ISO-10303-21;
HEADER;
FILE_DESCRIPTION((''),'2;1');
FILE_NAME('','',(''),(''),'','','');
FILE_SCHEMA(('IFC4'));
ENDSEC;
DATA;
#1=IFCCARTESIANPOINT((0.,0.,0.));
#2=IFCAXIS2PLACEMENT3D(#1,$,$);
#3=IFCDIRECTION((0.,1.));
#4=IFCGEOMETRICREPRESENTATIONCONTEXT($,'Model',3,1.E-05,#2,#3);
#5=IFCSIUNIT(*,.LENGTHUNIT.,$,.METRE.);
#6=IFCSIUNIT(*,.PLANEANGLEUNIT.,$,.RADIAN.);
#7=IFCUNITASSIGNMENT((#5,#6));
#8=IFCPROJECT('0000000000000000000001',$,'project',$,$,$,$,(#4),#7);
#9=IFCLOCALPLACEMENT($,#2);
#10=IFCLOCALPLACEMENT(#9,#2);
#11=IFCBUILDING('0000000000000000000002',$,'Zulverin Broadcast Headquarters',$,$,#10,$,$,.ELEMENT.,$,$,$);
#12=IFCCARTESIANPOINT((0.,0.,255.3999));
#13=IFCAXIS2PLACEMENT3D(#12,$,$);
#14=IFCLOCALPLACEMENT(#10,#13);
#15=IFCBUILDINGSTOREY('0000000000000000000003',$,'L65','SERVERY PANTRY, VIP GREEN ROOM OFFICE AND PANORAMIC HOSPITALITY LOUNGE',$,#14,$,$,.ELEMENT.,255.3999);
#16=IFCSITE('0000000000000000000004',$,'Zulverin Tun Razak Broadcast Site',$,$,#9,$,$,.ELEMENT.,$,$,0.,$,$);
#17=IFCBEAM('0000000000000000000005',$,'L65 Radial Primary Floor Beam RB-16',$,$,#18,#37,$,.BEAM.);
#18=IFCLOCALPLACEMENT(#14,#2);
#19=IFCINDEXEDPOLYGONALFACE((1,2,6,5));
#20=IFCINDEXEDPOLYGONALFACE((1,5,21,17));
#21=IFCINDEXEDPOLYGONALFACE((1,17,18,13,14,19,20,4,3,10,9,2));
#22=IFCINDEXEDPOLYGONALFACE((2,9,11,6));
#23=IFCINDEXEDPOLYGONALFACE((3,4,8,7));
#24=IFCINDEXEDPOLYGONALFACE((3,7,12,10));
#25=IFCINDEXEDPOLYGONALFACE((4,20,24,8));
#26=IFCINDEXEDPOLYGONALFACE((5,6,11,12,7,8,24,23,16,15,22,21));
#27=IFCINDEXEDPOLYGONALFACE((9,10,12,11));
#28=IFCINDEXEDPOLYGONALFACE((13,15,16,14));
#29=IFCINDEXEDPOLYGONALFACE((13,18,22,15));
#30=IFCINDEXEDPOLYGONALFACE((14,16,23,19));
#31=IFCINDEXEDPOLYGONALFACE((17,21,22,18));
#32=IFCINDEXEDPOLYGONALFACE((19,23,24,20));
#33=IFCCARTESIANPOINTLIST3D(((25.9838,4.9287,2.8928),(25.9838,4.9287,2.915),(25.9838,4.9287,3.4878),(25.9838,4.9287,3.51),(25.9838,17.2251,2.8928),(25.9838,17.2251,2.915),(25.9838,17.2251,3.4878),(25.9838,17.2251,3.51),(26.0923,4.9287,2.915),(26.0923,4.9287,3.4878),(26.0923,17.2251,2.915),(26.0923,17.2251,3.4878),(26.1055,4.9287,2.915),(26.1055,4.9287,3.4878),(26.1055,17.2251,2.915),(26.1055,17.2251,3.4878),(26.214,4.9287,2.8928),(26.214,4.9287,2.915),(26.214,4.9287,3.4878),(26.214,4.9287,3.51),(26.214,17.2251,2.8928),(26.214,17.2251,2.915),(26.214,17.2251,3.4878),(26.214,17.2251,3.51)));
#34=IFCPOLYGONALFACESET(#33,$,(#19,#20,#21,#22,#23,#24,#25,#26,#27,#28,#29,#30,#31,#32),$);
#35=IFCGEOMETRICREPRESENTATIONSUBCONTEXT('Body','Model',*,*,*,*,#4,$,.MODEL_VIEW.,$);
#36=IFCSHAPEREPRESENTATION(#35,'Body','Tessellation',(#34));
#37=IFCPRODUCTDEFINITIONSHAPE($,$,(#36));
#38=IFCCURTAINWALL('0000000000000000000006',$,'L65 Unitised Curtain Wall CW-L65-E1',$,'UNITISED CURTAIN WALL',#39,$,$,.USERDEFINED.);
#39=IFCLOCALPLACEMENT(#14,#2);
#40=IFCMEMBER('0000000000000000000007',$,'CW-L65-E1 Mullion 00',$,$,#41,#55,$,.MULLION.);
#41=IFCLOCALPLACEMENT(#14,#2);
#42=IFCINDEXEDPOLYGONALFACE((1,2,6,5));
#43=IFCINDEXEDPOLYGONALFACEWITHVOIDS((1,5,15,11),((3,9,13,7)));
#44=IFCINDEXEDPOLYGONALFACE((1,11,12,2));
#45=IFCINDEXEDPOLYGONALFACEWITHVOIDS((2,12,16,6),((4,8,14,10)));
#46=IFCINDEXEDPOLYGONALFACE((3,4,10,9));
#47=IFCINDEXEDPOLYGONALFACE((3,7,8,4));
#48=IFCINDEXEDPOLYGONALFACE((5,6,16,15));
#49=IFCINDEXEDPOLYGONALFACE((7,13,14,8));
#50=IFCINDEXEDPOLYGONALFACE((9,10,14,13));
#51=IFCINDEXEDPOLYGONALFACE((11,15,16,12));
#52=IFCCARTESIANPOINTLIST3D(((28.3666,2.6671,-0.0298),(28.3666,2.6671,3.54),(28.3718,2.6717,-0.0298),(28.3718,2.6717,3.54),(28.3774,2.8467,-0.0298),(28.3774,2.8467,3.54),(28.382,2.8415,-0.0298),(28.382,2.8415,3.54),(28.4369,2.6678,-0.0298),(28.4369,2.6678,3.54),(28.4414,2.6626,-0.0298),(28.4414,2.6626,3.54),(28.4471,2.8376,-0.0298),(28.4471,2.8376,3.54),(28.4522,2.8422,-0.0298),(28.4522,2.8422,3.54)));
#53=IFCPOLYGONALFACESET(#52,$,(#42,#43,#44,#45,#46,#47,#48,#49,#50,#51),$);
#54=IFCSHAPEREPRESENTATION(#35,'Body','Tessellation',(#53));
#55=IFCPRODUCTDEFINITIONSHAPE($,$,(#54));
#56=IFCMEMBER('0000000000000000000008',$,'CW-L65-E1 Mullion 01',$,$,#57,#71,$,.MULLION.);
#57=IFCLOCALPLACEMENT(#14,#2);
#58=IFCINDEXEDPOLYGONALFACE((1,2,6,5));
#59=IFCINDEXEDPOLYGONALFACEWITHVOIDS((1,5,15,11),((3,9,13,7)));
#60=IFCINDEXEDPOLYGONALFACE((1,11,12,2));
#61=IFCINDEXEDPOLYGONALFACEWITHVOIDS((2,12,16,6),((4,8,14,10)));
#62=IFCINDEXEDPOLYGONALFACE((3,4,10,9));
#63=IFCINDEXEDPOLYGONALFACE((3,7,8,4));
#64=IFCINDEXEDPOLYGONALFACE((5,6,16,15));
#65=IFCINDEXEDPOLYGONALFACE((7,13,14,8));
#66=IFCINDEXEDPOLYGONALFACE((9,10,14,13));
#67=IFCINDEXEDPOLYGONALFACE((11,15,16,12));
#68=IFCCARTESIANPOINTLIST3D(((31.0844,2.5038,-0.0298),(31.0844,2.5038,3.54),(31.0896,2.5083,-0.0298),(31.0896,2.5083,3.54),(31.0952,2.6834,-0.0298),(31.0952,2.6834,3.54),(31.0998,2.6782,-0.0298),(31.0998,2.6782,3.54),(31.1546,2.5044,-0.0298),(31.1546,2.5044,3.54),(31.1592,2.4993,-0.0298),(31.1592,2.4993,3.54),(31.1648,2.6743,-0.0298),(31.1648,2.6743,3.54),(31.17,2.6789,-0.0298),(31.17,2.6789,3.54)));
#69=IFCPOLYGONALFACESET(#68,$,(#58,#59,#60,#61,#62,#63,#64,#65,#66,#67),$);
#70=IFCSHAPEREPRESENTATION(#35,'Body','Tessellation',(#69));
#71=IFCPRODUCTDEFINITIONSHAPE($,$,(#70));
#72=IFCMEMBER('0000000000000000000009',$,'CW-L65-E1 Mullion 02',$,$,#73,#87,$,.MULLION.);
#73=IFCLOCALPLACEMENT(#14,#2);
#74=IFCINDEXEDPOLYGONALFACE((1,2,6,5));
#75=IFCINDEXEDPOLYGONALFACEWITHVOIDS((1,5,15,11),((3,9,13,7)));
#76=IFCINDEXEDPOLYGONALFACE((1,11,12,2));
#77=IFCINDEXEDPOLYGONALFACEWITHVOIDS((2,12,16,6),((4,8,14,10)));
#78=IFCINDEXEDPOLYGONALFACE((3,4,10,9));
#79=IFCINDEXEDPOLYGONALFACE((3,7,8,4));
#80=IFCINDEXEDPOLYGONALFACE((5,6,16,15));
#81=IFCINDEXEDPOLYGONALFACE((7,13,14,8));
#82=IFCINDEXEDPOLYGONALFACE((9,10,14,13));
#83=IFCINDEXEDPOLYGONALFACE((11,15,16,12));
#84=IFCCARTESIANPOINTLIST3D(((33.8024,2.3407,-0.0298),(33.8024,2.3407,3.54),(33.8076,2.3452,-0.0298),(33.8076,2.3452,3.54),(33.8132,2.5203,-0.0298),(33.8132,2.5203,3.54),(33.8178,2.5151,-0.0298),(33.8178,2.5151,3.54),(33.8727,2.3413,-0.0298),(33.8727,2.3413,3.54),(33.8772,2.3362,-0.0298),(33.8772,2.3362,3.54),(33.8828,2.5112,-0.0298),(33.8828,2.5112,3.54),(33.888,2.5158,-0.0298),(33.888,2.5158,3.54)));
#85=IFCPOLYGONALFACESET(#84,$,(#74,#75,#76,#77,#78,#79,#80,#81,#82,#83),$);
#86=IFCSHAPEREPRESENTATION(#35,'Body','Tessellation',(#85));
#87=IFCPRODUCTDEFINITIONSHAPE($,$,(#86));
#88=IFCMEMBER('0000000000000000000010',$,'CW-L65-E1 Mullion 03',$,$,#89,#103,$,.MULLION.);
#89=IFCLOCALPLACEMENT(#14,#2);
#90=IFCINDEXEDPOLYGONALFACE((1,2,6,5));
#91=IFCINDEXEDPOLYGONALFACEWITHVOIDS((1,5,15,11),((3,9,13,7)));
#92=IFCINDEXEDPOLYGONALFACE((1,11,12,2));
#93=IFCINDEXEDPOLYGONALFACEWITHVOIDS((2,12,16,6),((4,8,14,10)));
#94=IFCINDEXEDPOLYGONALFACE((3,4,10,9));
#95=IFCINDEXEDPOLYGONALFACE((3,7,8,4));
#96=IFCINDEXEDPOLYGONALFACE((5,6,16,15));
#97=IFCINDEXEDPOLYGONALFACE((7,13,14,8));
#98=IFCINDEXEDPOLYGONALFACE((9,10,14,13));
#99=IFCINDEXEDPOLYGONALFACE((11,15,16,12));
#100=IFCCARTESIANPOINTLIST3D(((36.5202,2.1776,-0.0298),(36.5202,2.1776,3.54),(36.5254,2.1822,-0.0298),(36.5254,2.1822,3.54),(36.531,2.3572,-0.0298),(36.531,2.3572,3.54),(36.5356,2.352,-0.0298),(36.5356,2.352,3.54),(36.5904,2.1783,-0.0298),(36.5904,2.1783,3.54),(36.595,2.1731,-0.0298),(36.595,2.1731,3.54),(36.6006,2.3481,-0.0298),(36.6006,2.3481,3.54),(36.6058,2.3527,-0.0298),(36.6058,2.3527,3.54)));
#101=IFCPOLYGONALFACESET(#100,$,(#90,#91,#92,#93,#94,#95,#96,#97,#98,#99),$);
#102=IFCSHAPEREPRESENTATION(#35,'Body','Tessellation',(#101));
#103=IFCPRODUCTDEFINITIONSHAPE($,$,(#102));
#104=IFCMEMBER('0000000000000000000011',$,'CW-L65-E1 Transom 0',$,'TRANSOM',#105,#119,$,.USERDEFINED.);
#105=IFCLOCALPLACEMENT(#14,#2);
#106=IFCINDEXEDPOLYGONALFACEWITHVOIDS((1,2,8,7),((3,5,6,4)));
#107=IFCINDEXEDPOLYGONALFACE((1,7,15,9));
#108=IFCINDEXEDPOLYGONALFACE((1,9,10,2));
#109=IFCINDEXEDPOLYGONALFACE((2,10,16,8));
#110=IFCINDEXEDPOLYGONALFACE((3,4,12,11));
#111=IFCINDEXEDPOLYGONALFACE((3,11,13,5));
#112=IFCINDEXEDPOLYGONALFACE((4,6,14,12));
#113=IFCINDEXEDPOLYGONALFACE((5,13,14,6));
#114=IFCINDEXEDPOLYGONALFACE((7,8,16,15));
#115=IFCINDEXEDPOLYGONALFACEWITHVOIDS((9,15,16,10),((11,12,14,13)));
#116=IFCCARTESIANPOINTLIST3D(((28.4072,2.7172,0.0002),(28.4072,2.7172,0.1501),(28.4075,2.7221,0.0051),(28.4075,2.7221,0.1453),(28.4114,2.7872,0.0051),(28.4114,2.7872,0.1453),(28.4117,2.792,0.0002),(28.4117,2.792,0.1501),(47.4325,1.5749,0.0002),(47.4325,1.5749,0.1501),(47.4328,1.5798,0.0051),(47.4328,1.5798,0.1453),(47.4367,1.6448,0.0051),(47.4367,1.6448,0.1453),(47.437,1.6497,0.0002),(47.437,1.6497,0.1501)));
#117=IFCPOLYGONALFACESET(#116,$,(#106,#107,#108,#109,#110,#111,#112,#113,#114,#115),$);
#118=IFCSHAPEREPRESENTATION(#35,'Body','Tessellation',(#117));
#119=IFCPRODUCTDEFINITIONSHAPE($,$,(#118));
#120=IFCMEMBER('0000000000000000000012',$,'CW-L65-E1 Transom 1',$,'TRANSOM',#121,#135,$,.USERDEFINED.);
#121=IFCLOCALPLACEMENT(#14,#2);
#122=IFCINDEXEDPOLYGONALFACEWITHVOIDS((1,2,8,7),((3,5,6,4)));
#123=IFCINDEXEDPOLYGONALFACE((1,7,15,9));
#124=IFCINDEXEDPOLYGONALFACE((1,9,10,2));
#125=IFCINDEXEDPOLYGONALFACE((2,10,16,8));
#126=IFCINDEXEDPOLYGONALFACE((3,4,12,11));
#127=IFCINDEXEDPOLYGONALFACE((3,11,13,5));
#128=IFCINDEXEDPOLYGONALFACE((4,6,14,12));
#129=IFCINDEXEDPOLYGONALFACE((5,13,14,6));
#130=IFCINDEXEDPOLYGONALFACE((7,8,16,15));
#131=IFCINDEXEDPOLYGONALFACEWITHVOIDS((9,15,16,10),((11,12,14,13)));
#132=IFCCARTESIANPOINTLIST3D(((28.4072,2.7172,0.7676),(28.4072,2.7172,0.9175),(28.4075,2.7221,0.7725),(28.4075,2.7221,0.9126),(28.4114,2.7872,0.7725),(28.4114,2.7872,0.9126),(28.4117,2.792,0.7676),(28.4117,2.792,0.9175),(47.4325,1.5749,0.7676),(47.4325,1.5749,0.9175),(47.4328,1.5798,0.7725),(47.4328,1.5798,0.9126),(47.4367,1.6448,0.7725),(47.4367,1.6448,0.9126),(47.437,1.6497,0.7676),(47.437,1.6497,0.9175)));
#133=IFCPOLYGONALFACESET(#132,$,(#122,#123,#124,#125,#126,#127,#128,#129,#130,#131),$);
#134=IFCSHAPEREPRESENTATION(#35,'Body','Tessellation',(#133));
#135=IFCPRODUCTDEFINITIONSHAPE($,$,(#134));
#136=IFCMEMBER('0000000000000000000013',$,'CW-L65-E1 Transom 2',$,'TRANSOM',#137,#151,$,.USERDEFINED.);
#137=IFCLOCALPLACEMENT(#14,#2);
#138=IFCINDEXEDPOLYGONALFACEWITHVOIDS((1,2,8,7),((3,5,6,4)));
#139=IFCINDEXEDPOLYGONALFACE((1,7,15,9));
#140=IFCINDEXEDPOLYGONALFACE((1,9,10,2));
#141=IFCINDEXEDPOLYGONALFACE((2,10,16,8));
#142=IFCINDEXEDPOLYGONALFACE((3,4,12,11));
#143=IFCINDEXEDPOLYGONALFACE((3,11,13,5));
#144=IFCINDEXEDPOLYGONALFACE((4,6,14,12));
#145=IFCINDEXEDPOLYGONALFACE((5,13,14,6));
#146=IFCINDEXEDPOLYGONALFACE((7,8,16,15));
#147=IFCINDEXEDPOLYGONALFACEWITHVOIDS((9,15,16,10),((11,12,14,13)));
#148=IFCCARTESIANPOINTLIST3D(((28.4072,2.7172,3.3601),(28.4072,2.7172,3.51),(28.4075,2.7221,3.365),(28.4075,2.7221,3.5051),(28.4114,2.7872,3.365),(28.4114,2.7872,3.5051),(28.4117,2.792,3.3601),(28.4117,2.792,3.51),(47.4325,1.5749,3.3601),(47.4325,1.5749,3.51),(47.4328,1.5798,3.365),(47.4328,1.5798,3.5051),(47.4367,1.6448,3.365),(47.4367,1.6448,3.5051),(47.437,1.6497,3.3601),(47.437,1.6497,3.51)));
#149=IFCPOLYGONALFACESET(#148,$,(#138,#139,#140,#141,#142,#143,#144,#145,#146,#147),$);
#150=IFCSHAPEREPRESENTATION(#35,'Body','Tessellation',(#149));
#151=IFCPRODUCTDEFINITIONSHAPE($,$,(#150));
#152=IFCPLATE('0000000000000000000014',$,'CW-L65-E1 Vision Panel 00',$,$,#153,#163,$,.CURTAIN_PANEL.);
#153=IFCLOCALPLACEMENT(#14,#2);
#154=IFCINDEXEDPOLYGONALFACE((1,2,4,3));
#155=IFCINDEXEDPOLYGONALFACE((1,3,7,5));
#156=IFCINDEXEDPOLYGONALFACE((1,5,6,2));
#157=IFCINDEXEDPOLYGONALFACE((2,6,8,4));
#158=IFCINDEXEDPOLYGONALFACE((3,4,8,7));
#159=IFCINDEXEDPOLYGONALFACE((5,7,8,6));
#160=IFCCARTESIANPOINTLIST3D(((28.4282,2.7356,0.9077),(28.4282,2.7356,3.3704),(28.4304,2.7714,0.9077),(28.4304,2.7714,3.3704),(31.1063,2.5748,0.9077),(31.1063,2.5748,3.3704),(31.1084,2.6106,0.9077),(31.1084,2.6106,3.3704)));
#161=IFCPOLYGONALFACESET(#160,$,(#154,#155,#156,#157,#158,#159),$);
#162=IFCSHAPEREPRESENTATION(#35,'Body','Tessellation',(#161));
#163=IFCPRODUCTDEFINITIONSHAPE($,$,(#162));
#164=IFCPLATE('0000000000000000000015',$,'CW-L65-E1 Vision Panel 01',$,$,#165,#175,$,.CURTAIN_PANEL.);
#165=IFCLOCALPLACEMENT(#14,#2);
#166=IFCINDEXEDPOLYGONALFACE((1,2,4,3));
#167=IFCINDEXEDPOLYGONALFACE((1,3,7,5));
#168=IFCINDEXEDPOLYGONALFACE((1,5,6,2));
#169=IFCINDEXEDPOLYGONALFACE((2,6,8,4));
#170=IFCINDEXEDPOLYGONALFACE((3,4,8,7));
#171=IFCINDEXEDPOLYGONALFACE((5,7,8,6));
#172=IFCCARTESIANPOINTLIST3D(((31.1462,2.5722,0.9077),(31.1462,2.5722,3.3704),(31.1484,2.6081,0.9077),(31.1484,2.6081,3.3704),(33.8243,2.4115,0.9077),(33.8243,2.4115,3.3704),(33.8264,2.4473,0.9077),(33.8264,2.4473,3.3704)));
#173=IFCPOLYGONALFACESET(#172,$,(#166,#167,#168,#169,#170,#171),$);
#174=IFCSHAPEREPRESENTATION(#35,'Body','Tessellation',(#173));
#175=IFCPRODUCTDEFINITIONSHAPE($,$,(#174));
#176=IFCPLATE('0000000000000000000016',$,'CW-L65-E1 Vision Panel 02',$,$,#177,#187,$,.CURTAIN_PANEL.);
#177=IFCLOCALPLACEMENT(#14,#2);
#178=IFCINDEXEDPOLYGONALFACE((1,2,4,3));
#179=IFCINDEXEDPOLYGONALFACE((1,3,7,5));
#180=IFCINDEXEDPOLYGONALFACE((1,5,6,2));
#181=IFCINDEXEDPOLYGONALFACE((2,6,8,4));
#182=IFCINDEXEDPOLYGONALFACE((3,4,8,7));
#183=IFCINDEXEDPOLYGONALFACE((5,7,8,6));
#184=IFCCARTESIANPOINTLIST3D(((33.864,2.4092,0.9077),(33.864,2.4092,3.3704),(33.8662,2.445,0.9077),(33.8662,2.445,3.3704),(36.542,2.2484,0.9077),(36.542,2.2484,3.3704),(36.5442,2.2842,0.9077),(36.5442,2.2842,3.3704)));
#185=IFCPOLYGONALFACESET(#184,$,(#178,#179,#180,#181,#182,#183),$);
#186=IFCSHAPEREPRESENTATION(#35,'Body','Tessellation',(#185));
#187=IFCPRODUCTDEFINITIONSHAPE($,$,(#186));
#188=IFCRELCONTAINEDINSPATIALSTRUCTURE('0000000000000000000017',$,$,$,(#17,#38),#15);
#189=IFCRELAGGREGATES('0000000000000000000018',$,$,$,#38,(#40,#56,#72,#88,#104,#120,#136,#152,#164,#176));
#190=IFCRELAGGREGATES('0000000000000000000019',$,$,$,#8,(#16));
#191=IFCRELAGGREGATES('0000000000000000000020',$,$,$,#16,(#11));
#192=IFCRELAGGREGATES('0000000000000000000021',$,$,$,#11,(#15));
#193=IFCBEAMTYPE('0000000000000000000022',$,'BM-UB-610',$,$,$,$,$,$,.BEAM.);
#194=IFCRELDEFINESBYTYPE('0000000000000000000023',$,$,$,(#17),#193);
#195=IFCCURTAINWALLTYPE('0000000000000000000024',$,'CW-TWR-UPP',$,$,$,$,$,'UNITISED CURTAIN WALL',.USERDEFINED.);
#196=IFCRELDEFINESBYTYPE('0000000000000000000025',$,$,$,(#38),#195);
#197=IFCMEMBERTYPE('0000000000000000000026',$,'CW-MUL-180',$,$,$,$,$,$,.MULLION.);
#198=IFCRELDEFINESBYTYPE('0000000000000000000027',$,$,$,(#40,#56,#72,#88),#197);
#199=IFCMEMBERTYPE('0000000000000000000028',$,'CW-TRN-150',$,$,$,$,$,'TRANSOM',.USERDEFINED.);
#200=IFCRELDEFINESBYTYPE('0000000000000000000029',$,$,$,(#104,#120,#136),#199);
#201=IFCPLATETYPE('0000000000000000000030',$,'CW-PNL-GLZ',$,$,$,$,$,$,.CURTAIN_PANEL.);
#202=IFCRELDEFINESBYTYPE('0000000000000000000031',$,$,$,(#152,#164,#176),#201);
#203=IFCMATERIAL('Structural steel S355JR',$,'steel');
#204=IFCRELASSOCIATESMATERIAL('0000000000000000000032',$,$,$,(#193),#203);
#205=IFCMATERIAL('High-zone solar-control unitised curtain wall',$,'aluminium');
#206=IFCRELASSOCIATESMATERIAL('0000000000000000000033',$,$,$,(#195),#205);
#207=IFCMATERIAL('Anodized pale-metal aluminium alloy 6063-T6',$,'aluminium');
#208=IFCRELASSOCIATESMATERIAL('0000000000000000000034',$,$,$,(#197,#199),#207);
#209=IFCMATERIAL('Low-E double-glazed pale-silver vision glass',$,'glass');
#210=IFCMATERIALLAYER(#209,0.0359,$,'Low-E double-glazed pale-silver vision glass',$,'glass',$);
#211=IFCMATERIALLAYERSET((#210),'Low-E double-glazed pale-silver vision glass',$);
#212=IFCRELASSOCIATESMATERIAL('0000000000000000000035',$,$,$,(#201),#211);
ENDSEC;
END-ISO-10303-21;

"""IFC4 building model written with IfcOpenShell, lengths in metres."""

from ifc_helpers import new_model, si_unit, direction, frame, origin, origin_2d, place, context, subcontext, project, spatial, rectangle, hollow_rectangle, i_section, extrude, material, layer, layer_set, material_profile, profile_set, type_object, element, aggregate, save


model = new_model("IFC4")

# Units and contexts
model_context = context("Model", 3, precision=1e-05, world=origin(), true_north=direction((0.0, 1.0)))
body_context = subcontext(model_context, "Body", "Model", "MODEL_VIEW")
ifc_project = project(units=[si_unit("LENGTHUNIT", "METRE"), si_unit("PLANEANGLEUNIT", "RADIAN")], contexts=[model_context])

# Site, building, storey
site_placement = place(None, origin())
site = spatial("IfcSite", under=ifc_project, at=site_placement, Name="Zulverin Tun Razak Broadcast Site", CompositionType="ELEMENT", RefElevation=0.0)
building_placement = place(site_placement, origin())
building = spatial("IfcBuilding", under=site, at=building_placement, Name="Zulverin Broadcast Headquarters", CompositionType="ELEMENT")
storey_placement = place(building_placement, frame((0.0, 0.0, 255.3999)))
storey = spatial("IfcBuildingStorey", under=building, at=storey_placement, Name="L65", Description="SERVERY PANTRY, VIP GREEN ROOM OFFICE AND PANORAMIC HOSPITALITY LOUNGE", CompositionType="ELEMENT", Elevation=255.3999)

# Beam
ifc_material_1 = material(Name="Structural steel S355JR", Category="steel")
ifc_material_profile_1 = material_profile(ifc_material_1, i_section(OverallWidth=0.2302, OverallDepth=0.6172, WebThickness=0.0132, FlangeThickness=0.0222, at=origin_2d()), Name="Structural steel S355JR", Category="steel")
ifc_profile_set_1 = profile_set([ifc_material_profile_1], Name="Structural steel S355JR")
beam_type_1 = type_object("IfcBeamType", Name="BM-UB-610", PredefinedType="BEAM", material=ifc_profile_set_1)
beam_1_placement = place(storey_placement, frame((26.0989, 17.2251, 3.2014), z_axis=(0.0, -1.0, 0.0), x_axis=(1.0, 0.0, 0.0)))
element("IfcBeam", 1, at=beam_1_placement, inside=storey, type_object=beam_type_1, Name="L65 Radial Primary Floor Beam RB-16", PredefinedType="BEAM", context=body_context, shape_type="SweptSolid", body=[
    extrude(i_section(OverallWidth=0.2302, OverallDepth=0.6172, WebThickness=0.0132, FlangeThickness=0.0222, at=origin_2d()), origin(), (0.0, 0.0, 1.0), 12.2964),
])

# Curtain wall, members, plates
ifc_material_2 = material(Name="High-zone solar-control unitised curtain wall", Category="aluminium")
curtain_wall_type = type_object("IfcCurtainWallType", Name="CW-TWR-UPP", ElementType="UNITISED CURTAIN WALL", PredefinedType="USERDEFINED", material=ifc_material_2)
curtain_wall_placement = place(storey_placement, origin())
curtain_wall = element("IfcCurtainWall", 2, at=curtain_wall_placement, inside=storey, type_object=curtain_wall_type, Name="L65 Unitised Curtain Wall CW-L65-E1", ObjectType="UNITISED CURTAIN WALL", PredefinedType="USERDEFINED")
ifc_material_3 = material(Name="Anodized pale-metal aluminium alloy 6063-T6", Category="aluminium")
ifc_material_profile_2 = material_profile(ifc_material_3, hollow_rectangle(XDim=0.075, YDim=0.1799, WallThickness=0.0049, at=origin_2d()), Name="Anodized pale-metal aluminium alloy 6063-T6", Category="aluminium")
ifc_profile_set_2 = profile_set([ifc_material_profile_2], Name="Anodized pale-metal aluminium alloy 6063-T6")
member_type_1 = type_object("IfcMemberType", Name="CW-MUL-180", PredefinedType="MULLION", material=ifc_profile_set_2)
member_1_placement = place(storey_placement, frame((28.4094, 2.7546, -0.0298), z_axis=(0.0, 0.0, 1.0), x_axis=(0.998203, -0.059928, 0.0)))
member_1 = element("IfcMember", 3, at=member_1_placement, type_object=member_type_1, Name="CW-L65-E1 Mullion 00", PredefinedType="MULLION", context=body_context, shape_type="SweptSolid", body=[
    extrude(hollow_rectangle(XDim=0.075, YDim=0.1799, WallThickness=0.0049, at=origin_2d()), origin(), (0.0, 0.0, 1.0), 3.5698),
])
member_2_placement = place(storey_placement, frame((31.1272, 2.5913, -0.0298), z_axis=(0.0, 0.0, 1.0), x_axis=(0.998203, -0.059928, 0.0)))
member_2 = element("IfcMember", 4, at=member_2_placement, type_object=member_type_1, Name="CW-L65-E1 Mullion 01", PredefinedType="MULLION", context=body_context, shape_type="SweptSolid", body=[
    extrude(hollow_rectangle(XDim=0.075, YDim=0.1799, WallThickness=0.0049, at=origin_2d()), origin(), (0.0, 0.0, 1.0), 3.5698),
])
member_3_placement = place(storey_placement, frame((33.8452, 2.4282, -0.0298), z_axis=(0.0, 0.0, 1.0), x_axis=(0.998203, -0.059928, 0.0)))
member_3 = element("IfcMember", 5, at=member_3_placement, type_object=member_type_1, Name="CW-L65-E1 Mullion 02", PredefinedType="MULLION", context=body_context, shape_type="SweptSolid", body=[
    extrude(hollow_rectangle(XDim=0.075, YDim=0.1799, WallThickness=0.0049, at=origin_2d()), origin(), (0.0, 0.0, 1.0), 3.5698),
])
member_4_placement = place(storey_placement, frame((36.563, 2.2651, -0.0298), z_axis=(0.0, 0.0, 1.0), x_axis=(0.998203, -0.059928, 0.0)))
member_4 = element("IfcMember", 6, at=member_4_placement, type_object=member_type_1, Name="CW-L65-E1 Mullion 03", PredefinedType="MULLION", context=body_context, shape_type="SweptSolid", body=[
    extrude(hollow_rectangle(XDim=0.075, YDim=0.1799, WallThickness=0.0049, at=origin_2d()), origin(), (0.0, 0.0, 1.0), 3.5698),
])
ifc_material_profile_3 = material_profile(ifc_material_3, hollow_rectangle(XDim=0.075, YDim=0.1499, WallThickness=0.0049, at=origin_2d()), Name="Anodized pale-metal aluminium alloy 6063-T6", Category="aluminium")
ifc_profile_set_3 = profile_set([ifc_material_profile_3], Name="Anodized pale-metal aluminium alloy 6063-T6")
member_type_2 = type_object("IfcMemberType", Name="CW-TRN-150", ElementType="TRANSOM", PredefinedType="USERDEFINED", material=ifc_profile_set_3)
member_5_placement = place(storey_placement, frame((28.4094, 2.7546, 0.0752), z_axis=(0.998202, -0.059935, 0.0), x_axis=(0.059935, 0.998202, 0.0)))
member_5 = element("IfcMember", 7, at=member_5_placement, type_object=member_type_2, Name="CW-L65-E1 Transom 0", ObjectType="TRANSOM", PredefinedType="USERDEFINED", context=body_context, shape_type="SweptSolid", body=[
    extrude(hollow_rectangle(XDim=0.075, YDim=0.1499, WallThickness=0.0049, at=origin_2d()), origin(), (0.0, 0.0, 1.0), 19.0596),
])
member_6_placement = place(storey_placement, frame((28.4094, 2.7546, 0.8425), z_axis=(0.998202, -0.059935, 0.0), x_axis=(0.059935, 0.998202, 0.0)))
member_6 = element("IfcMember", 8, at=member_6_placement, type_object=member_type_2, Name="CW-L65-E1 Transom 1", ObjectType="TRANSOM", PredefinedType="USERDEFINED", context=body_context, shape_type="SweptSolid", body=[
    extrude(hollow_rectangle(XDim=0.075, YDim=0.1499, WallThickness=0.0049, at=origin_2d()), origin(), (0.0, 0.0, 1.0), 19.0596),
])
member_7_placement = place(storey_placement, frame((28.4094, 2.7546, 3.4351), z_axis=(0.998202, -0.059935, 0.0), x_axis=(0.059935, 0.998202, 0.0)))
member_7 = element("IfcMember", 9, at=member_7_placement, type_object=member_type_2, Name="CW-L65-E1 Transom 2", ObjectType="TRANSOM", PredefinedType="USERDEFINED", context=body_context, shape_type="SweptSolid", body=[
    extrude(hollow_rectangle(XDim=0.075, YDim=0.1499, WallThickness=0.0049, at=origin_2d()), origin(), (0.0, 0.0, 1.0), 19.0596),
])
ifc_material_4 = material(Name="Low-E double-glazed pale-silver vision glass", Category="glass")
ifc_layer_1 = layer(ifc_material_4, 0.0359, Name="Low-E double-glazed pale-silver vision glass", Category="glass")
ifc_layer_set_1 = layer_set([ifc_layer_1], Name="Low-E double-glazed pale-silver vision glass")
plate_type_1 = type_object("IfcPlateType", Name="CW-PNL-GLZ", PredefinedType="CURTAIN_PANEL", material=ifc_layer_set_1)
plate_1_placement = place(storey_placement, frame((29.7683, 2.6731, 0.9077), z_axis=(0.0, 0.0, 1.0), x_axis=(0.998203, -0.059928, 0.0)))
plate_1 = element("IfcPlate", 10, at=plate_1_placement, type_object=plate_type_1, Name="CW-L65-E1 Vision Panel 00", PredefinedType="CURTAIN_PANEL", context=body_context, shape_type="SweptSolid", body=[
    extrude(rectangle(XDim=2.6829, YDim=0.0359, at=origin_2d()), origin(), (0.0, 0.0, 1.0), 2.4626),
])
plate_2_placement = place(storey_placement, frame((32.4863, 2.5098, 0.9077), z_axis=(0.0, 0.0, 1.0), x_axis=(0.998203, -0.059928, 0.0)))
plate_2 = element("IfcPlate", 11, at=plate_2_placement, type_object=plate_type_1, Name="CW-L65-E1 Vision Panel 01", PredefinedType="CURTAIN_PANEL", context=body_context, shape_type="SweptSolid", body=[
    extrude(rectangle(XDim=2.6829, YDim=0.0359, at=origin_2d()), origin(), (0.0, 0.0, 1.0), 2.4626),
])
plate_3_placement = place(storey_placement, frame((35.2041, 2.3467, 0.9077), z_axis=(0.0, 0.0, 1.0), x_axis=(0.998203, -0.059928, 0.0)))
plate_3 = element("IfcPlate", 12, at=plate_3_placement, type_object=plate_type_1, Name="CW-L65-E1 Vision Panel 02", PredefinedType="CURTAIN_PANEL", context=body_context, shape_type="SweptSolid", body=[
    extrude(rectangle(XDim=2.6829, YDim=0.0359, at=origin_2d()), origin(), (0.0, 0.0, 1.0), 2.4626),
])
aggregate(curtain_wall, [member_1, member_2, member_3, member_4, member_5, member_6, member_7, plate_1, plate_2, plate_3])

save(model, "model.ifc")
